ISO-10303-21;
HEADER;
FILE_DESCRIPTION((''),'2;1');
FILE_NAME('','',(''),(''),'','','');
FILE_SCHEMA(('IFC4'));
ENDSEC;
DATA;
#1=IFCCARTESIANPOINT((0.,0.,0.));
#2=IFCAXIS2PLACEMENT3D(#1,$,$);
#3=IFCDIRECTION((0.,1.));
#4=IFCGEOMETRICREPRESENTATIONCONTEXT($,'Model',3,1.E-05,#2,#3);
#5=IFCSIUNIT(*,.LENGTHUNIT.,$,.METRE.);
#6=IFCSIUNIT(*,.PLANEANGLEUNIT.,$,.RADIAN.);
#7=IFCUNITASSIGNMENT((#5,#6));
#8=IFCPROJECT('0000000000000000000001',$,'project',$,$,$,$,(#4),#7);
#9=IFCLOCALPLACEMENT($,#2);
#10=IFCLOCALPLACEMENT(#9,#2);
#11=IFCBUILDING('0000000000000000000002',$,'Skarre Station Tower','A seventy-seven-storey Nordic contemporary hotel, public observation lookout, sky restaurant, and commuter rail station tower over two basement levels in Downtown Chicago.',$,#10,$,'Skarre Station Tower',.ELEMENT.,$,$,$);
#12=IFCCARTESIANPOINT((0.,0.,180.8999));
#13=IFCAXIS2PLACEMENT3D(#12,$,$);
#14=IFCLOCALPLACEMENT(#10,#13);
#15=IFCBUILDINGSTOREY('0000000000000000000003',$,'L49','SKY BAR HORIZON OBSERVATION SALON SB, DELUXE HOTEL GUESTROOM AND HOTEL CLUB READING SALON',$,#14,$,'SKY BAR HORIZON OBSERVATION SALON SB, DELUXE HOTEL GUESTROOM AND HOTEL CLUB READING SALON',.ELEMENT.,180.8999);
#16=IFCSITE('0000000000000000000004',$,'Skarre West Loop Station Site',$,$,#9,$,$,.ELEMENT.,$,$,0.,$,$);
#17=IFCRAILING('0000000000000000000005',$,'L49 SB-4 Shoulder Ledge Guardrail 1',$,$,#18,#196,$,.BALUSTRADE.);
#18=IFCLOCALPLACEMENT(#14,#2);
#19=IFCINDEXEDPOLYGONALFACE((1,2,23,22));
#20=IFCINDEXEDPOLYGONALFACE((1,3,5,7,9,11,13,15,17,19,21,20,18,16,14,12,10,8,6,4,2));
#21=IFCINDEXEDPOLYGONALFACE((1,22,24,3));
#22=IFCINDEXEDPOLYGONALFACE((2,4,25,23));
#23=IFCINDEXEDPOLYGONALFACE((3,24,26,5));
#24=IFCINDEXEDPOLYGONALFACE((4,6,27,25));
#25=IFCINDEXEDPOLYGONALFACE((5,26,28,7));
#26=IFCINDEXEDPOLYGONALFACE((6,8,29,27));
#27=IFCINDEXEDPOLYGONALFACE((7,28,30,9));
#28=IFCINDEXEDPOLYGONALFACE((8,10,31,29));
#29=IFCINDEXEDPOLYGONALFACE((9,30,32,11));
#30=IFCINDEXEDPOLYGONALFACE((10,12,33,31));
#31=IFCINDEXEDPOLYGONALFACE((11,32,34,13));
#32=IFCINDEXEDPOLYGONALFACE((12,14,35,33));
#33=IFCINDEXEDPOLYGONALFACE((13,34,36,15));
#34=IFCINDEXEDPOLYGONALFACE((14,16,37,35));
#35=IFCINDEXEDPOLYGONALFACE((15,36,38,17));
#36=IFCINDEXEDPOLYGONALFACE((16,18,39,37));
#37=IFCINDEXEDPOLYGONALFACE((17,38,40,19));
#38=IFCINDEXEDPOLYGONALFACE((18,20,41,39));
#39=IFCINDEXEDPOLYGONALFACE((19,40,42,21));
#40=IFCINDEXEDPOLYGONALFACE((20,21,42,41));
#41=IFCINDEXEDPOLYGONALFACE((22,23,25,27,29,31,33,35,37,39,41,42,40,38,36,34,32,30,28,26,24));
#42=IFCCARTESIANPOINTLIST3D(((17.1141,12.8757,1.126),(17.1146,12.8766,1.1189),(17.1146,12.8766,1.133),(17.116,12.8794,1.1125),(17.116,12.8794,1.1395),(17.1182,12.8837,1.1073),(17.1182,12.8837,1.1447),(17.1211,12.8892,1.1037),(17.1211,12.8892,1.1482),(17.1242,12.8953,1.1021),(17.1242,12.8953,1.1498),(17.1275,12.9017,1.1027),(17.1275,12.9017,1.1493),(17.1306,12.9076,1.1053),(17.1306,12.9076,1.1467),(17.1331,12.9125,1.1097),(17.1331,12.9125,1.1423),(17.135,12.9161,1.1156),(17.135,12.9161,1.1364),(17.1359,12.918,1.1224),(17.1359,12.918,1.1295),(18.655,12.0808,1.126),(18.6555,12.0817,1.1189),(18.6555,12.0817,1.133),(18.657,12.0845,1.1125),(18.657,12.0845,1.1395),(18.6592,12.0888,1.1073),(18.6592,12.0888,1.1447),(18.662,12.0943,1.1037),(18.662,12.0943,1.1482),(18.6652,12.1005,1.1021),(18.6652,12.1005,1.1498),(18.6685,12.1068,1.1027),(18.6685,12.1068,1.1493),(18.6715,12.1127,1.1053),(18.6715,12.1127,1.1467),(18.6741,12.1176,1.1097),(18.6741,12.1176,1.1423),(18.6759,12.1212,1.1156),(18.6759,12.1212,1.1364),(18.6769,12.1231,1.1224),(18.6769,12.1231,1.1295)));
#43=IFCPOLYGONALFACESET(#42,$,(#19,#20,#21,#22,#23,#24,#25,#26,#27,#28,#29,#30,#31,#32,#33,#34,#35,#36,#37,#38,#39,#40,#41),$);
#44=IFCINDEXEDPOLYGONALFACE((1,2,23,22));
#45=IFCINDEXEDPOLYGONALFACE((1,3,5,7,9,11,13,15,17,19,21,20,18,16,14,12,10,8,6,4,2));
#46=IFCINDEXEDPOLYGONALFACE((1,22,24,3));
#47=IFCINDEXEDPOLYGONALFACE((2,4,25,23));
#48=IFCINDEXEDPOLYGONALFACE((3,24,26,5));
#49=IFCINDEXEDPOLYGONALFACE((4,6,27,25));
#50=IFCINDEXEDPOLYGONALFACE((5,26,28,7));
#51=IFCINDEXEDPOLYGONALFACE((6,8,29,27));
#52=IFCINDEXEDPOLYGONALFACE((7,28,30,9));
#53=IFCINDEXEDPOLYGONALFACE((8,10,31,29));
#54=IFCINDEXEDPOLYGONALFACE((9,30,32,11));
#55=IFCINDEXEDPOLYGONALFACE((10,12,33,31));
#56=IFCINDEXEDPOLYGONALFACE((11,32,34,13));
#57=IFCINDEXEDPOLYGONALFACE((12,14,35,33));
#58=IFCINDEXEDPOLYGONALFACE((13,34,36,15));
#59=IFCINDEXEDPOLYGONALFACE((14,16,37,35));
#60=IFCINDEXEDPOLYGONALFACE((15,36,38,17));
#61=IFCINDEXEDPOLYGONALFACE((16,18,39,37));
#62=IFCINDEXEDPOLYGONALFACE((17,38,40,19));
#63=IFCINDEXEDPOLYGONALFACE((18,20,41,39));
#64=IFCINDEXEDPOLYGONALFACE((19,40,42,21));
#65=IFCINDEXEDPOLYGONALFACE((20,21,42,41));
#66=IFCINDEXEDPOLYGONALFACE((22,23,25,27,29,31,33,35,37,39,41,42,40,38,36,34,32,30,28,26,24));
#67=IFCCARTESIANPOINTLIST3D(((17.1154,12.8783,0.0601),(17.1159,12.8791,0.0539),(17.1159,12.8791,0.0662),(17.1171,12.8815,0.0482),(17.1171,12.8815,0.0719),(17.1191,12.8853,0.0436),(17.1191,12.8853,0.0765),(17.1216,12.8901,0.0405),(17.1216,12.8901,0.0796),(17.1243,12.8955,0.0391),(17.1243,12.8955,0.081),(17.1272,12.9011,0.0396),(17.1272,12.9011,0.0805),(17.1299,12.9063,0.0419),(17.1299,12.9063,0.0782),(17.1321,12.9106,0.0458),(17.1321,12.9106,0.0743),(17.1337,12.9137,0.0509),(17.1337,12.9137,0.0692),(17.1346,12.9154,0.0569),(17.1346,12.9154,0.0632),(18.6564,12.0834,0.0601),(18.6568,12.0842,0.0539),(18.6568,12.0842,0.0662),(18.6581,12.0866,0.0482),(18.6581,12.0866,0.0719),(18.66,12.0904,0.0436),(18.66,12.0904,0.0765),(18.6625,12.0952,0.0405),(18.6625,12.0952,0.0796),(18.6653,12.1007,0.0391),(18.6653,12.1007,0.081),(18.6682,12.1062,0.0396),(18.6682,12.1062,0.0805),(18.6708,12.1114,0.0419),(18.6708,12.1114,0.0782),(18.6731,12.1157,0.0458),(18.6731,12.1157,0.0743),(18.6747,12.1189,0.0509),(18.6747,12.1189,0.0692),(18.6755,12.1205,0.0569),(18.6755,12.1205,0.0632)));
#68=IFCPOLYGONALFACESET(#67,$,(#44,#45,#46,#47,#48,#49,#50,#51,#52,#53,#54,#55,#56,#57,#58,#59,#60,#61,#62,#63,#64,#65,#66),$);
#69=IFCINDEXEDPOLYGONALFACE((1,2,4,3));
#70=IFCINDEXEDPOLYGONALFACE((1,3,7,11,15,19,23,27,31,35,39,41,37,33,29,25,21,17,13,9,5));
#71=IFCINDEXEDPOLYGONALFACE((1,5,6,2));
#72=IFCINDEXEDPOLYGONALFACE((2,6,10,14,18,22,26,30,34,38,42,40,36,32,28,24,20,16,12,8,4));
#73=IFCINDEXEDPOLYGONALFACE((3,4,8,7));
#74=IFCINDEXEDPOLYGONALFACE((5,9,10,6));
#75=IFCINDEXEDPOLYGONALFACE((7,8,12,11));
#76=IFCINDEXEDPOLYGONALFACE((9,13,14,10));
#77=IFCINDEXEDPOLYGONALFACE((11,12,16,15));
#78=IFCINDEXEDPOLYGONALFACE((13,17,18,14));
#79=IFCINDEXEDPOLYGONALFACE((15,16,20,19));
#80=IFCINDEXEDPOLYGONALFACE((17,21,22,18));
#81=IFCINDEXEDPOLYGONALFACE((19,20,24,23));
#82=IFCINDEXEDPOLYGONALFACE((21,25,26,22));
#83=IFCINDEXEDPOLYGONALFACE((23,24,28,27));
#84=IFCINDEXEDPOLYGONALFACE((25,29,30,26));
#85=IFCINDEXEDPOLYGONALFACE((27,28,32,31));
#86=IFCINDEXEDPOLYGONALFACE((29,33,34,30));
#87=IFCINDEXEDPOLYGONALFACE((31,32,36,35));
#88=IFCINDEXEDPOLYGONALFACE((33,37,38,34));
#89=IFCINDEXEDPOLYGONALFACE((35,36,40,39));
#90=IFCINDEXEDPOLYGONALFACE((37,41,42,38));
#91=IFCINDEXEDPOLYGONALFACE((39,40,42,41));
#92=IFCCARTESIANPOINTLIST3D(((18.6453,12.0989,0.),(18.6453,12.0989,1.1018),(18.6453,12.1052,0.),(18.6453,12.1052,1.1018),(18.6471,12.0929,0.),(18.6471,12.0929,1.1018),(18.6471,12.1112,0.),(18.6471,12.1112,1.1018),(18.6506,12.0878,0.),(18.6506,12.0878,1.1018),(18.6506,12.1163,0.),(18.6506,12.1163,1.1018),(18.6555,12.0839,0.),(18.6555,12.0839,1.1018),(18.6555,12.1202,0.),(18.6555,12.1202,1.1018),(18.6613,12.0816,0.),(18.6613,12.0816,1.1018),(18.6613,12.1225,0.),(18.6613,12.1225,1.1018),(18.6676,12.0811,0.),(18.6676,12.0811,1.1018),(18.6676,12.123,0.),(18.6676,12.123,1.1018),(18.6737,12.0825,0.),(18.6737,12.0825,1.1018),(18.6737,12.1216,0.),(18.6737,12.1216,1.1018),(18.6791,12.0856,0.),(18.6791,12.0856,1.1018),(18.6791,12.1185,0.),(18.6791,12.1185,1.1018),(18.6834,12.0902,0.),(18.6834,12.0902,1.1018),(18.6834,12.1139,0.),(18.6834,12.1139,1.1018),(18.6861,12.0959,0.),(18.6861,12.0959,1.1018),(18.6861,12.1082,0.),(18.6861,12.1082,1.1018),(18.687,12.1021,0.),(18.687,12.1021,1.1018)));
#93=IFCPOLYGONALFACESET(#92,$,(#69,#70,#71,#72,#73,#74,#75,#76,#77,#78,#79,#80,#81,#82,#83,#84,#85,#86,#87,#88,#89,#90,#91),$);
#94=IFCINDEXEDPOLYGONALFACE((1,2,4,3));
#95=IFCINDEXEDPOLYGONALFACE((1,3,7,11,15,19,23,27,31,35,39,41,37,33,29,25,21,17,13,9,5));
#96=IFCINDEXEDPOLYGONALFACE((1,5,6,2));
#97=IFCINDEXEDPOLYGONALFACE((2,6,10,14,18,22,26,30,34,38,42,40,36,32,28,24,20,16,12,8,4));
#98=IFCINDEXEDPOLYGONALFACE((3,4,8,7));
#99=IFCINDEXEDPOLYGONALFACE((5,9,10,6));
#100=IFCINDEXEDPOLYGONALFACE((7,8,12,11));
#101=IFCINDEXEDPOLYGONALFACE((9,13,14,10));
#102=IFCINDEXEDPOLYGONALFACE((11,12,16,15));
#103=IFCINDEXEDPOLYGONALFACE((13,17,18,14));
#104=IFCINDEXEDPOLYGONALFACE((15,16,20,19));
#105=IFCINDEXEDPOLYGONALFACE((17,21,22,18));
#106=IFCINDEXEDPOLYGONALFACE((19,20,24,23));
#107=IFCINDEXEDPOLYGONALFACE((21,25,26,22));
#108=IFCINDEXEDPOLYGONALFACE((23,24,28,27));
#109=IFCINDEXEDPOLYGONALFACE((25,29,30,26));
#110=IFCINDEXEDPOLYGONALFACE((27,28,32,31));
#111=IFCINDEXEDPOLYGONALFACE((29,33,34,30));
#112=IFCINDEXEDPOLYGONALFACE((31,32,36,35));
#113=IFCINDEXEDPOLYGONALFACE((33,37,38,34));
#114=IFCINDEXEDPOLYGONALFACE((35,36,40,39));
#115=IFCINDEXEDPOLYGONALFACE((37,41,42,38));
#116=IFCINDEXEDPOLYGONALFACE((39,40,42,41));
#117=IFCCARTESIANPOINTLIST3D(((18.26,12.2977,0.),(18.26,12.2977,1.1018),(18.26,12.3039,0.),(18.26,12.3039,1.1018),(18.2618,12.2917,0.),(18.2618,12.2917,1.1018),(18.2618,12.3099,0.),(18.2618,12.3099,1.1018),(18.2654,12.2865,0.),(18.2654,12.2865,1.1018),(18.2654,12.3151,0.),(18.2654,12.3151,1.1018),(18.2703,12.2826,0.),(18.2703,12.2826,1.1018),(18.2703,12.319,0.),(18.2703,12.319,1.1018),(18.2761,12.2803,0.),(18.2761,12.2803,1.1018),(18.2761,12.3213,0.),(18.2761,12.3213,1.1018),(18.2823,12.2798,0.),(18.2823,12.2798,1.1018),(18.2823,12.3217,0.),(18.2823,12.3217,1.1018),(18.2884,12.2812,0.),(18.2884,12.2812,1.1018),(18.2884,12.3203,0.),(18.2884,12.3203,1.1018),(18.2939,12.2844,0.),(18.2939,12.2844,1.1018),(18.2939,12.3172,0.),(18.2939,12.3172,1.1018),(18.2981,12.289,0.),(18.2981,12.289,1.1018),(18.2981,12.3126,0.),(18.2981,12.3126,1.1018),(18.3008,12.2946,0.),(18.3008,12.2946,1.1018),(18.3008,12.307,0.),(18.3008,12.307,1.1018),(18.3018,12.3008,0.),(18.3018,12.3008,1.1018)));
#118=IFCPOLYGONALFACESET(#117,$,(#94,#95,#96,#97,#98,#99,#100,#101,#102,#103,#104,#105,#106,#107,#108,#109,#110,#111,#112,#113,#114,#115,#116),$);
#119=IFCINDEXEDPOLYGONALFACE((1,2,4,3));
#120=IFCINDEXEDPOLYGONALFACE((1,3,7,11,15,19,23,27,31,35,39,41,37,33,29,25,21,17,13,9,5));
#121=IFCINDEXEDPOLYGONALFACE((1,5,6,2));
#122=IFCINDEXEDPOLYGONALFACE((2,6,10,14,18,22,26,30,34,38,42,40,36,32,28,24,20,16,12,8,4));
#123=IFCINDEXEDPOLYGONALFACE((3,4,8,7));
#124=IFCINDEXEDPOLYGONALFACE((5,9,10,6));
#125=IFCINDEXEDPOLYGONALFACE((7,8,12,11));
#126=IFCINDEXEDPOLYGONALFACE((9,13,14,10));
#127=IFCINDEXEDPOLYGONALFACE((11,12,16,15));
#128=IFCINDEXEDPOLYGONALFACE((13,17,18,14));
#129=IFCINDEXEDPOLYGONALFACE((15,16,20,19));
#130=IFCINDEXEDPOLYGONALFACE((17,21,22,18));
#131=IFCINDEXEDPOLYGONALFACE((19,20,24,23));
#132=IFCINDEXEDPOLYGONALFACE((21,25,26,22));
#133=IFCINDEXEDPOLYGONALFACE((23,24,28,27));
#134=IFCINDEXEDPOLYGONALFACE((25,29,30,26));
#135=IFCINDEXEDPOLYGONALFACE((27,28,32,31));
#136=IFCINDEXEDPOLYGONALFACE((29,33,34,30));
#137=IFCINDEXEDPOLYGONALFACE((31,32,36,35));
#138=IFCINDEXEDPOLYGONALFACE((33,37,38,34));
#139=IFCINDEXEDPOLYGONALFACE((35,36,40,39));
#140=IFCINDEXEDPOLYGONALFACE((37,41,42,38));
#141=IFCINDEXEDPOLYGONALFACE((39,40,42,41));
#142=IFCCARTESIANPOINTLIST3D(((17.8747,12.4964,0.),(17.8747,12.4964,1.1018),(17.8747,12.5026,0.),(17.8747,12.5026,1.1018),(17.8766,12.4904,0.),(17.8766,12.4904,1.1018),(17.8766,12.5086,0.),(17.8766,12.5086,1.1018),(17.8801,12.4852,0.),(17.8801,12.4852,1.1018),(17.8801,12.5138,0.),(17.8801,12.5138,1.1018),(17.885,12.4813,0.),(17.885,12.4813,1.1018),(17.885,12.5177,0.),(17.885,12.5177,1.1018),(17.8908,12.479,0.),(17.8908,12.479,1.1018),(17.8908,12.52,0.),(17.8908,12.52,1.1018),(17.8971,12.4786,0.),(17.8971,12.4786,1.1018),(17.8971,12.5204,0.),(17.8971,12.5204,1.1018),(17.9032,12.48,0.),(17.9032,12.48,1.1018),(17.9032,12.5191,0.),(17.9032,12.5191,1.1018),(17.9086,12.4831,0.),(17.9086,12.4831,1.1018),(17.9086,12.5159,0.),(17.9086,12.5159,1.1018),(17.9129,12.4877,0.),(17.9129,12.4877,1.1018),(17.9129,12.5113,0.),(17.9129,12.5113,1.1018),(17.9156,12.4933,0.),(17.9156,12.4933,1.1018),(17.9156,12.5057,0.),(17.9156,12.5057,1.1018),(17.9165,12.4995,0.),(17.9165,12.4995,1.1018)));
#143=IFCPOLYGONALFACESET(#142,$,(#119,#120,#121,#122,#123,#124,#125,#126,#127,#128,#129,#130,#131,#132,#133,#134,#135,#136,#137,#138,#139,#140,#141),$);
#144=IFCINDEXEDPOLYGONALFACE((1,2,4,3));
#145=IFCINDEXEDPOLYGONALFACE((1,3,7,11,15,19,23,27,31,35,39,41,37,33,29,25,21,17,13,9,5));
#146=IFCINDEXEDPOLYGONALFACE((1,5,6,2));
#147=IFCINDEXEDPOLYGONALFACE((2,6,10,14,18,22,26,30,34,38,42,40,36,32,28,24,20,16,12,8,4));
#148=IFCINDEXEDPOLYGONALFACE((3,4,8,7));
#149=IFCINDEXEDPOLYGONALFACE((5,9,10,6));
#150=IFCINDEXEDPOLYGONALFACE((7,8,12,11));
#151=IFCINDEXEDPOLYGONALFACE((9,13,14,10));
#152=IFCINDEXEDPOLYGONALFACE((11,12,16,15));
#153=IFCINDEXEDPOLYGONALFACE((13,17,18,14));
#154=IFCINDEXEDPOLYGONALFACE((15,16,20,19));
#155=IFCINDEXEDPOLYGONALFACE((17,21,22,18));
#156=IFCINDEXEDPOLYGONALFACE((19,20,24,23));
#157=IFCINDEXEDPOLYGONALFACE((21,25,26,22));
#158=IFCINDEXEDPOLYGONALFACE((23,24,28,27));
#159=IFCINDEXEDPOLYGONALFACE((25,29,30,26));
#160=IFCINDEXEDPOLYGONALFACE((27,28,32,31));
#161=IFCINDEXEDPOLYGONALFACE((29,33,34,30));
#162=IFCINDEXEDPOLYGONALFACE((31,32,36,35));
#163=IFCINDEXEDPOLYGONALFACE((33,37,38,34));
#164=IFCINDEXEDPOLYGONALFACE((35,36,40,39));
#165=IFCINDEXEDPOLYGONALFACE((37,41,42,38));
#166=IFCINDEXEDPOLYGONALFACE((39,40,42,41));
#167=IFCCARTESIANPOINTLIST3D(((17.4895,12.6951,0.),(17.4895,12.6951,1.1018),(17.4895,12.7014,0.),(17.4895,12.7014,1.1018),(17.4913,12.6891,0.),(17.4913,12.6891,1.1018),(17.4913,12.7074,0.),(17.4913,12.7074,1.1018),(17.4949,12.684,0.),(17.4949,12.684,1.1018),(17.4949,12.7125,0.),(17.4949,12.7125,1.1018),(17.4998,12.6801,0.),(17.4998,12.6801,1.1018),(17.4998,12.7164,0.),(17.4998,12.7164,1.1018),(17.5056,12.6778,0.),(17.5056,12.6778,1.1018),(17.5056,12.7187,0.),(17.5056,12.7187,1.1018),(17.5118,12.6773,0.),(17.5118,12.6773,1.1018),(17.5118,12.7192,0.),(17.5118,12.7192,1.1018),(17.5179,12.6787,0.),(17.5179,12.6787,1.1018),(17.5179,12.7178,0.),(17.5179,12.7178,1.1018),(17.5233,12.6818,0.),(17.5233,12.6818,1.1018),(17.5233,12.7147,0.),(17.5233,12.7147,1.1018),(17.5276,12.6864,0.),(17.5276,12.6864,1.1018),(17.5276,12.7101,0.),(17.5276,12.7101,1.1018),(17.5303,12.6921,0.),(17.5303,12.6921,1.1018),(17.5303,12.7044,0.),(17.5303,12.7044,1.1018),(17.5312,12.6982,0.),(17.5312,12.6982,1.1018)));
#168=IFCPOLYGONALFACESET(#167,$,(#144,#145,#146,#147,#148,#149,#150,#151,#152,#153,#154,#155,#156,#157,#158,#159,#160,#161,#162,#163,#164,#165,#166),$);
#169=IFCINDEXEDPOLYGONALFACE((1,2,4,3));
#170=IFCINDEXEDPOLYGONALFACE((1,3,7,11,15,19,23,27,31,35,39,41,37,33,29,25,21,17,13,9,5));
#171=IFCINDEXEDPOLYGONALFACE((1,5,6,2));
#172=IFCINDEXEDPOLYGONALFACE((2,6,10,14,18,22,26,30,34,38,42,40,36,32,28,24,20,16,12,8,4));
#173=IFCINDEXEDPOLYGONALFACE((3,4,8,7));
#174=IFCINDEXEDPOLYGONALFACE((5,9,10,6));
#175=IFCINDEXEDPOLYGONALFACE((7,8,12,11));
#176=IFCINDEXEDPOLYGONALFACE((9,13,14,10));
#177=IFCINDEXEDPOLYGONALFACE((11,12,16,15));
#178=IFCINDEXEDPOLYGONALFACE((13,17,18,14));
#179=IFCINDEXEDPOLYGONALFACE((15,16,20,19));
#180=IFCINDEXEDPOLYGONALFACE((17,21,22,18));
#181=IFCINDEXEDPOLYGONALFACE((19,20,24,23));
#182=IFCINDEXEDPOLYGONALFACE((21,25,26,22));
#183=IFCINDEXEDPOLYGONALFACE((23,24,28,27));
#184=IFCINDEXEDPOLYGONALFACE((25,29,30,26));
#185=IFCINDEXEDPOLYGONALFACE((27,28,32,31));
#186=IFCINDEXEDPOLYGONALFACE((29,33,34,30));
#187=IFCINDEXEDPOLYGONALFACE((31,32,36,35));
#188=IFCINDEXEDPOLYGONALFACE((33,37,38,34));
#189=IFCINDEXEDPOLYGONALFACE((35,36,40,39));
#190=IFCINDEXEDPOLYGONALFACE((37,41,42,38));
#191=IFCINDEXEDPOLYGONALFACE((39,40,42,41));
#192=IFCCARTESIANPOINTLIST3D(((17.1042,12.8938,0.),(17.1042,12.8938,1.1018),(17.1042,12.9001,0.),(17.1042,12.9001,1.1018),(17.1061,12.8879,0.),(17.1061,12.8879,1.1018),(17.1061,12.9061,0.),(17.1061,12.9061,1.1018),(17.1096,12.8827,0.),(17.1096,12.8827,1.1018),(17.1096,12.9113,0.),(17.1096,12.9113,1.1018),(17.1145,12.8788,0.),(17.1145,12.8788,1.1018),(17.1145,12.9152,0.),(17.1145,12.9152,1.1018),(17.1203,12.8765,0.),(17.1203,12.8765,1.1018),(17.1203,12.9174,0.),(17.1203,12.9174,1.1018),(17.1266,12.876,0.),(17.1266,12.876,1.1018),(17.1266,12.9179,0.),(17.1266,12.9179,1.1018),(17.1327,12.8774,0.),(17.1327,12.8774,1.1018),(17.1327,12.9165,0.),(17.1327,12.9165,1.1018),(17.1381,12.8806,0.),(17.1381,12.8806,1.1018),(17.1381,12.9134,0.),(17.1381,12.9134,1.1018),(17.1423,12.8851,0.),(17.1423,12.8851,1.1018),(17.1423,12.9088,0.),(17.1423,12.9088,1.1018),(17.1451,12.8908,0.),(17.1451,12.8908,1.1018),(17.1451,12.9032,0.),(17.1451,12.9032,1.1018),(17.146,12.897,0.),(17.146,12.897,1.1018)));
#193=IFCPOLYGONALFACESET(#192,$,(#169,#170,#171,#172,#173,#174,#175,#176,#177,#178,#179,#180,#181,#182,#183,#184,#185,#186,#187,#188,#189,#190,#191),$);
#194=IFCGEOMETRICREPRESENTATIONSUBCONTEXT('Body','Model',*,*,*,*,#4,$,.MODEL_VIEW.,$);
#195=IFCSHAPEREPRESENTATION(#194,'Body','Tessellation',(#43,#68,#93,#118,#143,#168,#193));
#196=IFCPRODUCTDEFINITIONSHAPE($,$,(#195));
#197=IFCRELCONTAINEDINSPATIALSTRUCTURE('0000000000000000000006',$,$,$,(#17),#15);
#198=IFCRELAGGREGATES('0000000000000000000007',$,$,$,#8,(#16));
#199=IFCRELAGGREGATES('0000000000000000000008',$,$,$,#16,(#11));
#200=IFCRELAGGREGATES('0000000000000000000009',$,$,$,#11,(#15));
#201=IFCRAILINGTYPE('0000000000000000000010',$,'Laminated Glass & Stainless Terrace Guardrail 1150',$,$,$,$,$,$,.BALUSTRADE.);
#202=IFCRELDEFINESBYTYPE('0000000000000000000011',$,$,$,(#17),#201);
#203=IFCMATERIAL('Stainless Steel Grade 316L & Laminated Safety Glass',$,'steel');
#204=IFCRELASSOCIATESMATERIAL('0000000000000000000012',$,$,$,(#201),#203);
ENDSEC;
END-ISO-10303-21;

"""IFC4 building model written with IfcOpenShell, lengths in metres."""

from ifc_helpers import new_model, si_unit, direction, frame, origin, origin_2d, place, context, subcontext, project, spatial, circle, extrude, material, type_object, element, save


model = new_model("IFC4")

# Units and contexts
model_context = context("Model", 3, precision=1e-05, world=origin(), true_north=direction((0.0, 1.0)))
body_context = subcontext(model_context, "Body", "Model", "MODEL_VIEW")
ifc_project = project(units=[si_unit("LENGTHUNIT", "METRE"), si_unit("PLANEANGLEUNIT", "RADIAN")], contexts=[model_context])

# Site, building, storey
site_placement = place(None, origin())
site = spatial("IfcSite", under=ifc_project, at=site_placement, Name="Skarre West Loop Station Site", CompositionType="ELEMENT", RefElevation=0.0)
building_placement = place(site_placement, origin())
building = spatial("IfcBuilding", under=site, at=building_placement, Name="Skarre Station Tower", Description="A seventy-seven-storey Nordic contemporary hotel, public observation lookout, sky restaurant, and commuter rail station tower over two basement levels in Downtown Chicago.", LongName="Skarre Station Tower", CompositionType="ELEMENT")
storey_placement = place(building_placement, frame((0.0, 0.0, 180.8999)))
storey = spatial("IfcBuildingStorey", under=building, at=storey_placement, Name="L49", Description="SKY BAR HORIZON OBSERVATION SALON SB, DELUXE HOTEL GUESTROOM AND HOTEL CLUB READING SALON", LongName="SKY BAR HORIZON OBSERVATION SALON SB, DELUXE HOTEL GUESTROOM AND HOTEL CLUB READING SALON", CompositionType="ELEMENT", Elevation=180.8999)

# Railing
ifc_material_1 = material(Name="Stainless Steel Grade 316L & Laminated Safety Glass", Category="steel")
railing_type = type_object("IfcRailingType", Name="Laminated Glass & Stainless Terrace Guardrail 1150", PredefinedType="BALUSTRADE", material=ifc_material_1)
railing_placement = place(storey_placement, frame((18.666, 12.1021, 0.0)))
element("IfcRailing", 1, at=railing_placement, inside=storey, type_object=railing_type, Name="L49 SB-4 Shoulder Ledge Guardrail 1", PredefinedType="BALUSTRADE", context=body_context, shape_type="SweptSolid", body=[
    extrude(circle(Radius=0.0239, at=origin_2d()), frame((0.0, 0.0, 1.126), z_axis=(-0.888724, 0.458442, 0.0), x_axis=(-0.458442, -0.888724, 0.0)), (0.0, 0.0, 1.0), 1.7339),
    extrude(circle(Radius=0.021, at=origin_2d()), frame((0.0, 0.0, 0.0601), z_axis=(-0.888724, 0.458442, 0.0), x_axis=(-0.458442, -0.888724, 0.0)), (0.0, 0.0, 1.0), 1.7339),
    extrude(circle(Radius=0.021, at=origin_2d()), origin(), (0.0, 0.0, 1.0), 1.1018),
    extrude(circle(Radius=0.021, at=origin_2d()), frame((-0.3853, 0.1987, 0.0)), (0.0, 0.0, 1.0), 1.1018),
    extrude(circle(Radius=0.021, at=origin_2d()), frame((-0.7705, 0.3975, 0.0)), (0.0, 0.0, 1.0), 1.1018),
    extrude(circle(Radius=0.021, at=origin_2d()), frame((-1.1558, 0.5962, 0.0)), (0.0, 0.0, 1.0), 1.1018),
    extrude(circle(Radius=0.021, at=origin_2d()), frame((-1.541, 0.7949, 0.0)), (0.0, 0.0, 1.0), 1.1018),
])

save(model, "model.ifc")
